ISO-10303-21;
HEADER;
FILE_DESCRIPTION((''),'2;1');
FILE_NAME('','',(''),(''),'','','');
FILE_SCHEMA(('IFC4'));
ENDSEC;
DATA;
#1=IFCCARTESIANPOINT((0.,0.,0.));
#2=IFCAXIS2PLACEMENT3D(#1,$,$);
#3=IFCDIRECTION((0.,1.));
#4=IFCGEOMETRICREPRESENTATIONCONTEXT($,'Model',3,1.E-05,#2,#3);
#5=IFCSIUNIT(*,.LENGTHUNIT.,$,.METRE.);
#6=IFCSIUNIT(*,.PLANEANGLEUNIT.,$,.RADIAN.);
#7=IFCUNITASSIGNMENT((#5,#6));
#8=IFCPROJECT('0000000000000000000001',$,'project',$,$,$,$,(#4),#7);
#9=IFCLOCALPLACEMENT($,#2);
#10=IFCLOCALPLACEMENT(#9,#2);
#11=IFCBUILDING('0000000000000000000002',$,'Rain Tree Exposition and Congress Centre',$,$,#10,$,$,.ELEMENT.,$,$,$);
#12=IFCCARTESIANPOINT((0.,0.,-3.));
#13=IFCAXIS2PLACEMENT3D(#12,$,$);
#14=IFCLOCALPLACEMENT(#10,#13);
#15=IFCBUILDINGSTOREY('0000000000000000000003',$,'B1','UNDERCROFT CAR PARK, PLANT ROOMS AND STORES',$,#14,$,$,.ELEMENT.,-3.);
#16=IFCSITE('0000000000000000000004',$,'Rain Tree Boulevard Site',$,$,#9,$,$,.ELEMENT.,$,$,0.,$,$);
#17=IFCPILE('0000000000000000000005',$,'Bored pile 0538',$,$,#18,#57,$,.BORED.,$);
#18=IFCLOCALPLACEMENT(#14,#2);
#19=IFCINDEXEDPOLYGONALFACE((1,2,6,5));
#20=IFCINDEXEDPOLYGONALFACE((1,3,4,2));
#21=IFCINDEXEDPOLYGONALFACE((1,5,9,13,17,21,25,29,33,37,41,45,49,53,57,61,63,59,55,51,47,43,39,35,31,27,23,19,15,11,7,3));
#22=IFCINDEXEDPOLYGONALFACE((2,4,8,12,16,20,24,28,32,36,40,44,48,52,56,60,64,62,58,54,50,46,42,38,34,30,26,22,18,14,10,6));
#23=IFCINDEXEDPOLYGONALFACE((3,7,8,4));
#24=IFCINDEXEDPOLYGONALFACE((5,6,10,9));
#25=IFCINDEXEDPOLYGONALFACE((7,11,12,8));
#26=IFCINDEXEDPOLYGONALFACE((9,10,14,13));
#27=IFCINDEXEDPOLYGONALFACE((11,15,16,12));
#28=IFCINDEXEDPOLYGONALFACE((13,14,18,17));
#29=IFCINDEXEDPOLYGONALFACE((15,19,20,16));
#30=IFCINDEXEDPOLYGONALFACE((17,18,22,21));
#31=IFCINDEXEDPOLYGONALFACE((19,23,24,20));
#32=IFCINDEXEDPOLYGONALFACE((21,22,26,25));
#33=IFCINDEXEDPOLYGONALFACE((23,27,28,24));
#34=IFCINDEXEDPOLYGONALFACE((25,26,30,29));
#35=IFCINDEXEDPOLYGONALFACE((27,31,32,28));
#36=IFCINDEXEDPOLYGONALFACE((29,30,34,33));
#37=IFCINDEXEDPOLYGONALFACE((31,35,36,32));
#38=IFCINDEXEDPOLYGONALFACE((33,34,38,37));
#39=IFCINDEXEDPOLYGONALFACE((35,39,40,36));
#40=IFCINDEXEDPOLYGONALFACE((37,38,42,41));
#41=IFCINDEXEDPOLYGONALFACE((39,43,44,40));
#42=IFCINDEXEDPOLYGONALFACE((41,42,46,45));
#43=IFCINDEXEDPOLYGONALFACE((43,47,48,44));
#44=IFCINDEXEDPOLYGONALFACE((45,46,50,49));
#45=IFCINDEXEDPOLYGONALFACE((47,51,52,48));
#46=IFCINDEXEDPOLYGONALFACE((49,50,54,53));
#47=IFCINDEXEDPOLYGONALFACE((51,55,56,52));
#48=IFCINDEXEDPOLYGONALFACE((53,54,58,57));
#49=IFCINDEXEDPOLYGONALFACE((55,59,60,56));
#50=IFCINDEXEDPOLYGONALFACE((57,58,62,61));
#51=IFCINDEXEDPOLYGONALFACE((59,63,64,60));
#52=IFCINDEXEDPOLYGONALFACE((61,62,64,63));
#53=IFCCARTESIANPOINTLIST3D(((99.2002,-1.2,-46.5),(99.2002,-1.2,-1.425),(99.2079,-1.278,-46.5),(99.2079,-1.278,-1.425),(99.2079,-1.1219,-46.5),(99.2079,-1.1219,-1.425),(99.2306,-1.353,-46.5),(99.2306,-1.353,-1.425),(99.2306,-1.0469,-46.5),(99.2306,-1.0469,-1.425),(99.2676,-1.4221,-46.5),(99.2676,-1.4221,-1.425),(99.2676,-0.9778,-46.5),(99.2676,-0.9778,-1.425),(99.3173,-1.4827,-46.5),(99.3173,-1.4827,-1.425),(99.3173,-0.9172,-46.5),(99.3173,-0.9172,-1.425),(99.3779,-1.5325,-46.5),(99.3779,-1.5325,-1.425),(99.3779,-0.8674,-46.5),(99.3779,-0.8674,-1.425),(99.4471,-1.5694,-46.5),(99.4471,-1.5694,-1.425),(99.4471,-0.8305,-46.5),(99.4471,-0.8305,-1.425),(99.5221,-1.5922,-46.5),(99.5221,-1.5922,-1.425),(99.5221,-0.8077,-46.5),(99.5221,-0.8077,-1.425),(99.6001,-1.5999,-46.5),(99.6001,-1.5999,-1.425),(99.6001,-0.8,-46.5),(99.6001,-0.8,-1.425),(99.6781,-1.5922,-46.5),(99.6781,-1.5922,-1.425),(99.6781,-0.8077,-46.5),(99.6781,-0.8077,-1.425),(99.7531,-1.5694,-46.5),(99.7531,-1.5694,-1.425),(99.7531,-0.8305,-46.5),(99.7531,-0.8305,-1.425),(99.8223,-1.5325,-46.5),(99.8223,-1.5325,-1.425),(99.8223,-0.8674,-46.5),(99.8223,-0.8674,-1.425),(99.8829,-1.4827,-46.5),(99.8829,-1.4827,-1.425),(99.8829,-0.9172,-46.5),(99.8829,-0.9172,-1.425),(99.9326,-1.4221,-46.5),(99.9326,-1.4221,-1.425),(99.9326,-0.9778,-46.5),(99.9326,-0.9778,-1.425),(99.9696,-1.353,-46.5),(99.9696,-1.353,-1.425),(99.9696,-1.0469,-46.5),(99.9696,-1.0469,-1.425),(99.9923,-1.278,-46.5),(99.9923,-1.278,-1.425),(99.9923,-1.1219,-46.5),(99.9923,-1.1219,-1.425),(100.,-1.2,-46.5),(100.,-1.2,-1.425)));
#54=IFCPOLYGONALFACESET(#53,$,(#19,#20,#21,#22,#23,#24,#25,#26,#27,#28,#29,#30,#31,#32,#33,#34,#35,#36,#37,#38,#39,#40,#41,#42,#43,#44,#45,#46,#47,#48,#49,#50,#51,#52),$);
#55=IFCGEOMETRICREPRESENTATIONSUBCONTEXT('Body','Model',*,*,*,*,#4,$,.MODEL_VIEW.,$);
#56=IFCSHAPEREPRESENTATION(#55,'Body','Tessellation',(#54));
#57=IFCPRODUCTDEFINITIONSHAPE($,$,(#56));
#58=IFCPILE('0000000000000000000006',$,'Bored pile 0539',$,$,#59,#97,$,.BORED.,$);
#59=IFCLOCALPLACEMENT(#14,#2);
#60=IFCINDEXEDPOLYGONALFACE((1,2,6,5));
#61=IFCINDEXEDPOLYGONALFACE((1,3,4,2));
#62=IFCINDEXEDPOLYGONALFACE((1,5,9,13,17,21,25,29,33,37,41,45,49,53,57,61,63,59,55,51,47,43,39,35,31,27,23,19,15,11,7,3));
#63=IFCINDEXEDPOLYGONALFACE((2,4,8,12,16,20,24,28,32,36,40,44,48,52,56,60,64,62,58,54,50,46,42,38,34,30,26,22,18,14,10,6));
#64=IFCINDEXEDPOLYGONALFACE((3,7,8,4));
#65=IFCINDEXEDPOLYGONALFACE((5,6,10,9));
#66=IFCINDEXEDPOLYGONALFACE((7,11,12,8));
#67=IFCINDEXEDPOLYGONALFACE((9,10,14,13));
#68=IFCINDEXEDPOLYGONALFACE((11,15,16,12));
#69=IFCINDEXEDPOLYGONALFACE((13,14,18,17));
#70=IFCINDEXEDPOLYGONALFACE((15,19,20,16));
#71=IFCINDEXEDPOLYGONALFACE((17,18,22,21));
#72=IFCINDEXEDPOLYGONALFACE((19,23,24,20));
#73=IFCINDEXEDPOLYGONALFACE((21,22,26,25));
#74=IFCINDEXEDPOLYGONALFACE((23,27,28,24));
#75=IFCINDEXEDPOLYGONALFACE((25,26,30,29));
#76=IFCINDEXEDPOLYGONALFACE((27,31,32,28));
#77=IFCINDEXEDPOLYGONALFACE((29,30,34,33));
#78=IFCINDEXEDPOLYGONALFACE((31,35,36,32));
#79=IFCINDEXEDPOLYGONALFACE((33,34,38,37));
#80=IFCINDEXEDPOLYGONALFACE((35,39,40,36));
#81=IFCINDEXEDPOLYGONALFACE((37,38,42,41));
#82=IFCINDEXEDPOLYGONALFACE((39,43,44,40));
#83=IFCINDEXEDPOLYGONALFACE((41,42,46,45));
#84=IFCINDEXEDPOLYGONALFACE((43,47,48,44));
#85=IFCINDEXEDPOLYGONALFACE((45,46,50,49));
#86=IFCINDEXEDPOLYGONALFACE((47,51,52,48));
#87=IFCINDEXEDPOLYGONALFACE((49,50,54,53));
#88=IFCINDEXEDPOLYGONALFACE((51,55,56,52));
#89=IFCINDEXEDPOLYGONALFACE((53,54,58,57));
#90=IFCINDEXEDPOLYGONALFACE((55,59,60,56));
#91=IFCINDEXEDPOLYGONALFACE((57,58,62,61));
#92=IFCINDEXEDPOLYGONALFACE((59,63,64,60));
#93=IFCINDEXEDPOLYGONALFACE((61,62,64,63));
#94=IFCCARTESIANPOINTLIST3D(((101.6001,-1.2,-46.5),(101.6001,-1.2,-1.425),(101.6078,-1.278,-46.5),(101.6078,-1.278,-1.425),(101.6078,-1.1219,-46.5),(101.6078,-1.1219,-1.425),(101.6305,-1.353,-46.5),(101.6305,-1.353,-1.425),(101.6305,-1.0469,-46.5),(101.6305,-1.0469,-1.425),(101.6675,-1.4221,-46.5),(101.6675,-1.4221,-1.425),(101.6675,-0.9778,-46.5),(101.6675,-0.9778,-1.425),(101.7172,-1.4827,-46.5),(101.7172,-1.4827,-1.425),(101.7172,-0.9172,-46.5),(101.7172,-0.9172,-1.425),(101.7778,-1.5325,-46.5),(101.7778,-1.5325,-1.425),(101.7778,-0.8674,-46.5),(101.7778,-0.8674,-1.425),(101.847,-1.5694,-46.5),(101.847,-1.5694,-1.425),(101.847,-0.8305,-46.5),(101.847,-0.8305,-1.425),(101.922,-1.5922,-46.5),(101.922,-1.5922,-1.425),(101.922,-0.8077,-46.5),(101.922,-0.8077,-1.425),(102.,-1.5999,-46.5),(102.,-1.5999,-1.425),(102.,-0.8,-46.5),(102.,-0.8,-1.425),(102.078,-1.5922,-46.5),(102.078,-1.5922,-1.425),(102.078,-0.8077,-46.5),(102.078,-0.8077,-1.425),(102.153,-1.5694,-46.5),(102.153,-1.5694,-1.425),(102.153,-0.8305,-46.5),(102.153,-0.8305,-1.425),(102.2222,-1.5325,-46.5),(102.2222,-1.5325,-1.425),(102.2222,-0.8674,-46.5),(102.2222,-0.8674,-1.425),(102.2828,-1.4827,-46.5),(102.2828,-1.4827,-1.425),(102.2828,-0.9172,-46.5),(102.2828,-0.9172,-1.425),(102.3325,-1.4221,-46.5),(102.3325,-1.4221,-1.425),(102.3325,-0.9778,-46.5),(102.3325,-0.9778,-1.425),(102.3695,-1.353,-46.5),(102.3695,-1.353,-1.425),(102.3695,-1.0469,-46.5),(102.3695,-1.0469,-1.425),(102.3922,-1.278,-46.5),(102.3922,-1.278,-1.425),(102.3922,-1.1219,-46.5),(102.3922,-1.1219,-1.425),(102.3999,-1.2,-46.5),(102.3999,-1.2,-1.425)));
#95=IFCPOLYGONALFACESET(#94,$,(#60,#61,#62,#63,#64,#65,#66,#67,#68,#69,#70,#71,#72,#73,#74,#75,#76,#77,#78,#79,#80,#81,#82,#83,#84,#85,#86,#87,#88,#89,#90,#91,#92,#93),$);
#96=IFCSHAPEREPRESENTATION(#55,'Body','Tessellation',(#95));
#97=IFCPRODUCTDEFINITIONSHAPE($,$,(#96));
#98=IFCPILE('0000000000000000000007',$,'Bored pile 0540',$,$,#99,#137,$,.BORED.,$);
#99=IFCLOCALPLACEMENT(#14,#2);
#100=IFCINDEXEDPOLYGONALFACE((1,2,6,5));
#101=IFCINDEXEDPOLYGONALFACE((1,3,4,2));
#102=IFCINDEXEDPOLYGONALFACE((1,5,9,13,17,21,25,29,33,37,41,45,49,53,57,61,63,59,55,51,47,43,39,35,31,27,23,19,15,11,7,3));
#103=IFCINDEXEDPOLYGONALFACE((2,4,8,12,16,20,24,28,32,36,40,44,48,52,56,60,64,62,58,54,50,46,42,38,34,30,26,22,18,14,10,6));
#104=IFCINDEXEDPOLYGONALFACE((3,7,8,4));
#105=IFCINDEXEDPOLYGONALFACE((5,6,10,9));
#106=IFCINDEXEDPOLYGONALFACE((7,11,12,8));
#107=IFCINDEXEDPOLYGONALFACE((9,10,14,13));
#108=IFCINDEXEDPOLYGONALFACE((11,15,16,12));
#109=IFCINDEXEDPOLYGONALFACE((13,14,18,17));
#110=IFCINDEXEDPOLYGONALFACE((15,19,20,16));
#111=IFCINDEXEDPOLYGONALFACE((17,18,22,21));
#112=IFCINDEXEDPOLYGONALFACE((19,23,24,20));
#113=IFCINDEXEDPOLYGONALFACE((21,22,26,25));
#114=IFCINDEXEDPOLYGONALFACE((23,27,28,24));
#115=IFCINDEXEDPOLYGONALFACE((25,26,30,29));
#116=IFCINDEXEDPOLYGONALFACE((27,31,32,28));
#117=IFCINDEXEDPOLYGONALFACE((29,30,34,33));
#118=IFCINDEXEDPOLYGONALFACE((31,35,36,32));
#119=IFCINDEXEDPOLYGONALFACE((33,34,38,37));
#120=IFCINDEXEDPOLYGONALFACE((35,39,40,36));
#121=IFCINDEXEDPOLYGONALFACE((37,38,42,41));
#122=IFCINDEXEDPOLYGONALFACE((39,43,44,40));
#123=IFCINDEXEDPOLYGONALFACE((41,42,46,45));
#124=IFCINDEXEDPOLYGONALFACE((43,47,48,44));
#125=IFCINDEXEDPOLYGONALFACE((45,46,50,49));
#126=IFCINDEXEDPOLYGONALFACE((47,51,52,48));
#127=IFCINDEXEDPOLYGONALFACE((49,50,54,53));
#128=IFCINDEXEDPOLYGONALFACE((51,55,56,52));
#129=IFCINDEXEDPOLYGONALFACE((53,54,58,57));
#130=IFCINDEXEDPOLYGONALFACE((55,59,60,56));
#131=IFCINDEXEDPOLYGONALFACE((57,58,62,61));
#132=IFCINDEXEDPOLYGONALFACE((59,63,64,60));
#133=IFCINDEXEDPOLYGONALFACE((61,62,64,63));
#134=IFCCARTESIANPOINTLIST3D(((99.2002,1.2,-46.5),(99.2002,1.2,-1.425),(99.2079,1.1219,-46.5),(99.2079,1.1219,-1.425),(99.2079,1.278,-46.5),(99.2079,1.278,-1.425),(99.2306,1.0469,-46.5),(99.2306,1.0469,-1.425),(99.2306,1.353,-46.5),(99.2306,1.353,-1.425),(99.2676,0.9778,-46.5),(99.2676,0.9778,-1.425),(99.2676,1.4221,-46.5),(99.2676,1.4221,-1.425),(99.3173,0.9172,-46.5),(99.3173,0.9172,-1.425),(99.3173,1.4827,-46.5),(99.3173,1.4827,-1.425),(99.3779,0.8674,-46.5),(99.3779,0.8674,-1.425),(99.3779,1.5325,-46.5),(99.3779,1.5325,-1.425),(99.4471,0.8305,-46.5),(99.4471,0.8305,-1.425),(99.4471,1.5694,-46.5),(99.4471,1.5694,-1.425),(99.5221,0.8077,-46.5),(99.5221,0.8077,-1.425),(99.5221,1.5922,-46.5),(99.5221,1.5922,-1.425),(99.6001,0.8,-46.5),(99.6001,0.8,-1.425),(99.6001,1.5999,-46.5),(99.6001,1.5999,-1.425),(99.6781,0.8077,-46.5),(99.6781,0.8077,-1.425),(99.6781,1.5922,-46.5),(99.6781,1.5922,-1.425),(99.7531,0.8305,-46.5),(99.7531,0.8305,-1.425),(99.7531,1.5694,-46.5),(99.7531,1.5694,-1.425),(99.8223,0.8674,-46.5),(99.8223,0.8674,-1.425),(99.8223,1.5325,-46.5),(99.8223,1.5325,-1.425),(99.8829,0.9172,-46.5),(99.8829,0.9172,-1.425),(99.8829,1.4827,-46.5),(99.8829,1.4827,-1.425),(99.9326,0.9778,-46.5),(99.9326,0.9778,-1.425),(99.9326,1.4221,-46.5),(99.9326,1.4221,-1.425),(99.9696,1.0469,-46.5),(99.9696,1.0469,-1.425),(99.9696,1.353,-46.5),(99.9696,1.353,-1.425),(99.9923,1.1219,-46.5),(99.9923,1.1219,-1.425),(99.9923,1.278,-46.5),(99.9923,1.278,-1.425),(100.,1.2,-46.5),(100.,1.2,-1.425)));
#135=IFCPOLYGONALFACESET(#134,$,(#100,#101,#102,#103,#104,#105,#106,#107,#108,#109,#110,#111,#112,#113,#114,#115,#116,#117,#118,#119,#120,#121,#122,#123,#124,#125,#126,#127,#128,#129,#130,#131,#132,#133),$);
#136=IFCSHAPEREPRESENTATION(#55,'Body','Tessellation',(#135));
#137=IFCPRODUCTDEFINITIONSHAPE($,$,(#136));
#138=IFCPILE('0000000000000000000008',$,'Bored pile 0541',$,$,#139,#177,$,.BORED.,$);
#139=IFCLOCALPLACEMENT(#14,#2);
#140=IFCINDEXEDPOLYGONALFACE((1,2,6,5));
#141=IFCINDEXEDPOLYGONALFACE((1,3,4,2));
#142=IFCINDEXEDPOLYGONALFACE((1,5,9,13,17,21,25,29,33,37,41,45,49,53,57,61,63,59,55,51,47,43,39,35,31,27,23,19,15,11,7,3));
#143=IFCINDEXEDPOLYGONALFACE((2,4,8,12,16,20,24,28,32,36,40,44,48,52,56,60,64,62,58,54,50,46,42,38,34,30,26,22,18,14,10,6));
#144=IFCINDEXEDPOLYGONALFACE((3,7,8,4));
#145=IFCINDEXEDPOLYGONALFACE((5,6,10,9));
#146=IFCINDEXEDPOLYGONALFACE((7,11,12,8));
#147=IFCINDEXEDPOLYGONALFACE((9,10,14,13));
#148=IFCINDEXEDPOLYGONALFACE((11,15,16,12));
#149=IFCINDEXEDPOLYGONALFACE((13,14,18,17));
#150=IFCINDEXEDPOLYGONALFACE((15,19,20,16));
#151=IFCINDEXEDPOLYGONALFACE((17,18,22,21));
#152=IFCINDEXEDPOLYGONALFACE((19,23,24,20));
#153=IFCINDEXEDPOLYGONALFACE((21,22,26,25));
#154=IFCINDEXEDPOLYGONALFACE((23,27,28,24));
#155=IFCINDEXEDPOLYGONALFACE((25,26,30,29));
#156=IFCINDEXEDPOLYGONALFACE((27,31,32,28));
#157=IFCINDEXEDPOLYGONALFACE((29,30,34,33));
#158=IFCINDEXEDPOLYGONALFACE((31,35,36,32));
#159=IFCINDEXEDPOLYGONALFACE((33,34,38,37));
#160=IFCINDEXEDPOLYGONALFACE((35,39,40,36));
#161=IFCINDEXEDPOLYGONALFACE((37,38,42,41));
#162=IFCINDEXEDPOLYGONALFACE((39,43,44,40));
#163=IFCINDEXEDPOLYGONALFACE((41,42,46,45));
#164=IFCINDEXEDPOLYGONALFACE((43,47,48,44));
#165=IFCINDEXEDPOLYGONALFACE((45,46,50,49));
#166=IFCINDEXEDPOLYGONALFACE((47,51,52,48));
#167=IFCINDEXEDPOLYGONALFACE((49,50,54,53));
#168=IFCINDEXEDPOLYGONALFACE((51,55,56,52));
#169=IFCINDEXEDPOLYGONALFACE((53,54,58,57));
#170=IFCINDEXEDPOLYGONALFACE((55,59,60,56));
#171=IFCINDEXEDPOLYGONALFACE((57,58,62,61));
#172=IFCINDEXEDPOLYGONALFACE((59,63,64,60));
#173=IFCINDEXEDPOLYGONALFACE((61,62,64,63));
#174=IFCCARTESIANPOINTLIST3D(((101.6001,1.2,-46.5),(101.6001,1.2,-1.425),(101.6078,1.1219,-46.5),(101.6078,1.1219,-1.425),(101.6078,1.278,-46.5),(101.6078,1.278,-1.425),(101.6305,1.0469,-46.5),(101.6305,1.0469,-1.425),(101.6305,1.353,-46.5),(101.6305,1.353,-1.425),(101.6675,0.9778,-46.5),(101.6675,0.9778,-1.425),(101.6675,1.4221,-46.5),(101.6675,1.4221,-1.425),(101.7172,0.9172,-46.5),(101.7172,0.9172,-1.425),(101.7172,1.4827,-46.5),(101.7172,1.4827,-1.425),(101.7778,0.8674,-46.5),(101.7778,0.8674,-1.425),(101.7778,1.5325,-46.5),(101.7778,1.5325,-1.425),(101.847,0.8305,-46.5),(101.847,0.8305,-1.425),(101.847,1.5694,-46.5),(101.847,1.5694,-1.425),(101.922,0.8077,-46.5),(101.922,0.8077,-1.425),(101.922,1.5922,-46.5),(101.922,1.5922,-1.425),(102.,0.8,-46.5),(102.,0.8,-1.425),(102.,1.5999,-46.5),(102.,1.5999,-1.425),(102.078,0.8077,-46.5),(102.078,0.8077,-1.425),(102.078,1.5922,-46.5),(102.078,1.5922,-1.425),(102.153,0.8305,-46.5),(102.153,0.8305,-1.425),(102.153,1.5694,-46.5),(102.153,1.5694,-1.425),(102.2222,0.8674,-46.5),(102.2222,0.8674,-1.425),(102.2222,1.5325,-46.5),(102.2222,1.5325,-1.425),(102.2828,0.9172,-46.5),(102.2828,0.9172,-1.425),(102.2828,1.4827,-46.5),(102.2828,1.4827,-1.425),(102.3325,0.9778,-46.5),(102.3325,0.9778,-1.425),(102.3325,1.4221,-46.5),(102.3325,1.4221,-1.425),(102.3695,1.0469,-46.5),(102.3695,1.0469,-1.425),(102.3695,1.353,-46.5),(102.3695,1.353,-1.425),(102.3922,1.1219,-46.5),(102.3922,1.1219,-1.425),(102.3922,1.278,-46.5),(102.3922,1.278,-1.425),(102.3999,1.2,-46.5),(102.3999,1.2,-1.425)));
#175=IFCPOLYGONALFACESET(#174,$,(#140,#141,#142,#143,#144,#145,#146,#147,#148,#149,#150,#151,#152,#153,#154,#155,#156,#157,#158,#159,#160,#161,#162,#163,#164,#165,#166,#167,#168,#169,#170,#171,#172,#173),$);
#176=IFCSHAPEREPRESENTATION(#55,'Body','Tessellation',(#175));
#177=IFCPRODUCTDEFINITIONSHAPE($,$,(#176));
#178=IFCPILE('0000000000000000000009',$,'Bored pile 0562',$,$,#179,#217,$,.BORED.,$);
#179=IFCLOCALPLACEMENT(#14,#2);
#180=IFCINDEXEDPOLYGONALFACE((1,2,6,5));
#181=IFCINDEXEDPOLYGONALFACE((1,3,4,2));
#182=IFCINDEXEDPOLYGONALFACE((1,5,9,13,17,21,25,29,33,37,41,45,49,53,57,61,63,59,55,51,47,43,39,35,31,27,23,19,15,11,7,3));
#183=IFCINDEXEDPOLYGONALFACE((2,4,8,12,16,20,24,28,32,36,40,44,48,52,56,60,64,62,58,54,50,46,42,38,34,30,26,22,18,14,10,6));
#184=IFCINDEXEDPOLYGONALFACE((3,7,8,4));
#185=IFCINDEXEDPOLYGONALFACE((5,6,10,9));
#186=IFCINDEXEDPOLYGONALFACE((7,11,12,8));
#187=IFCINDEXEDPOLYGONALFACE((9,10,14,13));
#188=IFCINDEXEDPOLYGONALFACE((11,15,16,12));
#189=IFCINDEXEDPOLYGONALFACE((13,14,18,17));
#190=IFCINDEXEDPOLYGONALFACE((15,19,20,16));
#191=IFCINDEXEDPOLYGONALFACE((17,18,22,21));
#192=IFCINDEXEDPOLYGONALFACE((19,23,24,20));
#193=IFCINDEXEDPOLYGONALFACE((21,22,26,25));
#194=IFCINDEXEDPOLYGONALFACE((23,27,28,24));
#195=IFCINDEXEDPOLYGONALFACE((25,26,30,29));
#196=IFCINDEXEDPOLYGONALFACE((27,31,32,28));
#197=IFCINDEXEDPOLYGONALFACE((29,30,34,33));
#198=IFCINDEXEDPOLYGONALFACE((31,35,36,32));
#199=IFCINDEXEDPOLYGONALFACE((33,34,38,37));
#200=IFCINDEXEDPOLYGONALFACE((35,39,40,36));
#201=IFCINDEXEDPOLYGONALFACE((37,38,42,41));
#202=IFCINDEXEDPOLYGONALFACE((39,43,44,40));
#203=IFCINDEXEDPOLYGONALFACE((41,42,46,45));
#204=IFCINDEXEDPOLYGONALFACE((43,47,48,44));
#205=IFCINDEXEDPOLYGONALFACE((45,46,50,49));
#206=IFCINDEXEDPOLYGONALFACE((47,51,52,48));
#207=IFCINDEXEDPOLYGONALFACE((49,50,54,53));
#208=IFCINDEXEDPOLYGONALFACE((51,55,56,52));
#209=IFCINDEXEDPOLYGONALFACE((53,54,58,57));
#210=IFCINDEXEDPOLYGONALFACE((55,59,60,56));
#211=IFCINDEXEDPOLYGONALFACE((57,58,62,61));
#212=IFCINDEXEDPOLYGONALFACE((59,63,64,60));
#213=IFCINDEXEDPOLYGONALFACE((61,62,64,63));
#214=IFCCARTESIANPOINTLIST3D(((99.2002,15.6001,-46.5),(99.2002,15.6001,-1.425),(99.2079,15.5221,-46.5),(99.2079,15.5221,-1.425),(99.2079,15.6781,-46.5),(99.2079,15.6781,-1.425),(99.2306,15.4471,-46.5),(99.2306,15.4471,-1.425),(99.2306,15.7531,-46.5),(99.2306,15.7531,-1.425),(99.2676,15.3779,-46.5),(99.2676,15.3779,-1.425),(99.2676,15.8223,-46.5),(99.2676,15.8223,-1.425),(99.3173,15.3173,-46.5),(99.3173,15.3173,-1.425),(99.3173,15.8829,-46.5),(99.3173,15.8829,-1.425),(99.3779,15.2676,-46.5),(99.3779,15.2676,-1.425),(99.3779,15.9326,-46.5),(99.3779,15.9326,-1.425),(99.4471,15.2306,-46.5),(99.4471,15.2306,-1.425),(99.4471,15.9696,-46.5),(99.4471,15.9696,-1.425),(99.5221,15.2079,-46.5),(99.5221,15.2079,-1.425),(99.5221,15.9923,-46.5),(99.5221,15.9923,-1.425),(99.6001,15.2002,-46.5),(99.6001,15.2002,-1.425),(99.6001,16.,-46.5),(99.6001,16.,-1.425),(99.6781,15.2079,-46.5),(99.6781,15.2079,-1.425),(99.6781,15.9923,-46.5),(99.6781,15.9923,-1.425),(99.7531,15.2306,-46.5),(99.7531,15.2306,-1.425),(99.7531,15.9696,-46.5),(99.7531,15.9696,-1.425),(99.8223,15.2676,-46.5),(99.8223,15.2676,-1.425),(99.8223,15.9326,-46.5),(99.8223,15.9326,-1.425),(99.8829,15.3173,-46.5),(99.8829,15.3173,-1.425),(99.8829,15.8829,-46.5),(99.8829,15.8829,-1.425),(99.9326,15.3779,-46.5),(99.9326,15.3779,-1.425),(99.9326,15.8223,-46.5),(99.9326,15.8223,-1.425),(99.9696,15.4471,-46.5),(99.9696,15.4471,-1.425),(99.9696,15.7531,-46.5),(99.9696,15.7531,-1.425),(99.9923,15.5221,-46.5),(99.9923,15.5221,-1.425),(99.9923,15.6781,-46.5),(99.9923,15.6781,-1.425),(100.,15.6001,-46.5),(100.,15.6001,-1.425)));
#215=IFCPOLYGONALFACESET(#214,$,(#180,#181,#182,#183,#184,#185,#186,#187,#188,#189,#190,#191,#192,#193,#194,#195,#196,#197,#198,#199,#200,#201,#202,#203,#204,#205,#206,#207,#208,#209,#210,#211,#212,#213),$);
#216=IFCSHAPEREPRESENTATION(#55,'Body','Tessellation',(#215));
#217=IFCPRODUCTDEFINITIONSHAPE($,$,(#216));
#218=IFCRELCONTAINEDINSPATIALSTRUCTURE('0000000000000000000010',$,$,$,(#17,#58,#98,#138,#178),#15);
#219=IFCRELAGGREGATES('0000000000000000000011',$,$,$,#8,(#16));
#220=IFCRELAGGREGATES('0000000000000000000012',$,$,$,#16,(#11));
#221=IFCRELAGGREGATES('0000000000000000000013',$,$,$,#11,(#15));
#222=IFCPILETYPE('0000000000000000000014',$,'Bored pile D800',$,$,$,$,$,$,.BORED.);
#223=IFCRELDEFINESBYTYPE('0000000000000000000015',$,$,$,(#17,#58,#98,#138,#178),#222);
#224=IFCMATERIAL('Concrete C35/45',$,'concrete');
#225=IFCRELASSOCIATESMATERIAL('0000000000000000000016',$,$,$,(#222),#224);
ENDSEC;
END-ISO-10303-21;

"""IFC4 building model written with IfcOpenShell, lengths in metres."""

from ifc_helpers import new_model, si_unit, direction, frame, origin, origin_2d, place, context, subcontext, project, spatial, circle, extrude, material, material_profile, profile_set, type_object, element, save


model = new_model("IFC4")

# Units and contexts
model_context = context("Model", 3, precision=1e-05, world=origin(), true_north=direction((0.0, 1.0)))
body_context = subcontext(model_context, "Body", "Model", "MODEL_VIEW")
ifc_project = project(units=[si_unit("LENGTHUNIT", "METRE"), si_unit("PLANEANGLEUNIT", "RADIAN")], contexts=[model_context])

# Site, building, storey
site_placement = place(None, origin())
site = spatial("IfcSite", under=ifc_project, at=site_placement, Name="Rain Tree Boulevard Site", CompositionType="ELEMENT", RefElevation=0.0)
building_placement = place(site_placement, origin())
building = spatial("IfcBuilding", under=site, at=building_placement, Name="Rain Tree Exposition and Congress Centre", CompositionType="ELEMENT")
storey_placement = place(building_placement, frame((0.0, 0.0, -3.0)))
storey = spatial("IfcBuildingStorey", under=building, at=storey_placement, Name="B1", Description="UNDERCROFT CAR PARK, PLANT ROOMS AND STORES", CompositionType="ELEMENT", Elevation=-3.0)

# Piles
ifc_material_1 = material(Name="Concrete C35/45", Category="concrete")
ifc_material_profile_1 = material_profile(ifc_material_1, circle(Radius=0.3999, at=origin_2d()), Name="D800")
ifc_profile_set_1 = profile_set([ifc_material_profile_1], Name="Concrete C35/45")
pile_type_1 = type_object("IfcPileType", Name="Bored pile D800", PredefinedType="BORED", material=ifc_profile_set_1)
for number, where, z_axis, x_axis, name in (
    (1, (99.6001, -1.2, -1.425), (0.0, 0.0, -1.0), (1.0, 0.0, 0.0), "Bored pile 0538"),
    (2, (102.0, -1.2, -1.425), (0.0, 0.0, -1.0), (1.0, 0.0, 0.0), "Bored pile 0539"),
    (3, (99.6001, 1.2, -1.425), (0.0, 0.0, -1.0), (1.0, 0.0, 0.0), "Bored pile 0540"),
    (4, (102.0, 1.2, -1.425), (0.0, 0.0, -1.0), (1.0, 0.0, 0.0), "Bored pile 0541"),
    (5, (99.6001, 15.6001, -1.425), (0.0, 0.0, -1.0), (1.0, 0.0, 0.0), "Bored pile 0562"),
):
    element("IfcPile", number, at=place(storey_placement, frame(where, z_axis=z_axis, x_axis=x_axis)), inside=storey, type_object=pile_type_1, Name=name, PredefinedType="BORED", context=body_context, shape_type="SweptSolid", body=[
        extrude(circle(Radius=0.3999, at=origin_2d()), origin(), (0.0, 0.0, 1.0), 45.075),
    ])

save(model, "model.ifc")
